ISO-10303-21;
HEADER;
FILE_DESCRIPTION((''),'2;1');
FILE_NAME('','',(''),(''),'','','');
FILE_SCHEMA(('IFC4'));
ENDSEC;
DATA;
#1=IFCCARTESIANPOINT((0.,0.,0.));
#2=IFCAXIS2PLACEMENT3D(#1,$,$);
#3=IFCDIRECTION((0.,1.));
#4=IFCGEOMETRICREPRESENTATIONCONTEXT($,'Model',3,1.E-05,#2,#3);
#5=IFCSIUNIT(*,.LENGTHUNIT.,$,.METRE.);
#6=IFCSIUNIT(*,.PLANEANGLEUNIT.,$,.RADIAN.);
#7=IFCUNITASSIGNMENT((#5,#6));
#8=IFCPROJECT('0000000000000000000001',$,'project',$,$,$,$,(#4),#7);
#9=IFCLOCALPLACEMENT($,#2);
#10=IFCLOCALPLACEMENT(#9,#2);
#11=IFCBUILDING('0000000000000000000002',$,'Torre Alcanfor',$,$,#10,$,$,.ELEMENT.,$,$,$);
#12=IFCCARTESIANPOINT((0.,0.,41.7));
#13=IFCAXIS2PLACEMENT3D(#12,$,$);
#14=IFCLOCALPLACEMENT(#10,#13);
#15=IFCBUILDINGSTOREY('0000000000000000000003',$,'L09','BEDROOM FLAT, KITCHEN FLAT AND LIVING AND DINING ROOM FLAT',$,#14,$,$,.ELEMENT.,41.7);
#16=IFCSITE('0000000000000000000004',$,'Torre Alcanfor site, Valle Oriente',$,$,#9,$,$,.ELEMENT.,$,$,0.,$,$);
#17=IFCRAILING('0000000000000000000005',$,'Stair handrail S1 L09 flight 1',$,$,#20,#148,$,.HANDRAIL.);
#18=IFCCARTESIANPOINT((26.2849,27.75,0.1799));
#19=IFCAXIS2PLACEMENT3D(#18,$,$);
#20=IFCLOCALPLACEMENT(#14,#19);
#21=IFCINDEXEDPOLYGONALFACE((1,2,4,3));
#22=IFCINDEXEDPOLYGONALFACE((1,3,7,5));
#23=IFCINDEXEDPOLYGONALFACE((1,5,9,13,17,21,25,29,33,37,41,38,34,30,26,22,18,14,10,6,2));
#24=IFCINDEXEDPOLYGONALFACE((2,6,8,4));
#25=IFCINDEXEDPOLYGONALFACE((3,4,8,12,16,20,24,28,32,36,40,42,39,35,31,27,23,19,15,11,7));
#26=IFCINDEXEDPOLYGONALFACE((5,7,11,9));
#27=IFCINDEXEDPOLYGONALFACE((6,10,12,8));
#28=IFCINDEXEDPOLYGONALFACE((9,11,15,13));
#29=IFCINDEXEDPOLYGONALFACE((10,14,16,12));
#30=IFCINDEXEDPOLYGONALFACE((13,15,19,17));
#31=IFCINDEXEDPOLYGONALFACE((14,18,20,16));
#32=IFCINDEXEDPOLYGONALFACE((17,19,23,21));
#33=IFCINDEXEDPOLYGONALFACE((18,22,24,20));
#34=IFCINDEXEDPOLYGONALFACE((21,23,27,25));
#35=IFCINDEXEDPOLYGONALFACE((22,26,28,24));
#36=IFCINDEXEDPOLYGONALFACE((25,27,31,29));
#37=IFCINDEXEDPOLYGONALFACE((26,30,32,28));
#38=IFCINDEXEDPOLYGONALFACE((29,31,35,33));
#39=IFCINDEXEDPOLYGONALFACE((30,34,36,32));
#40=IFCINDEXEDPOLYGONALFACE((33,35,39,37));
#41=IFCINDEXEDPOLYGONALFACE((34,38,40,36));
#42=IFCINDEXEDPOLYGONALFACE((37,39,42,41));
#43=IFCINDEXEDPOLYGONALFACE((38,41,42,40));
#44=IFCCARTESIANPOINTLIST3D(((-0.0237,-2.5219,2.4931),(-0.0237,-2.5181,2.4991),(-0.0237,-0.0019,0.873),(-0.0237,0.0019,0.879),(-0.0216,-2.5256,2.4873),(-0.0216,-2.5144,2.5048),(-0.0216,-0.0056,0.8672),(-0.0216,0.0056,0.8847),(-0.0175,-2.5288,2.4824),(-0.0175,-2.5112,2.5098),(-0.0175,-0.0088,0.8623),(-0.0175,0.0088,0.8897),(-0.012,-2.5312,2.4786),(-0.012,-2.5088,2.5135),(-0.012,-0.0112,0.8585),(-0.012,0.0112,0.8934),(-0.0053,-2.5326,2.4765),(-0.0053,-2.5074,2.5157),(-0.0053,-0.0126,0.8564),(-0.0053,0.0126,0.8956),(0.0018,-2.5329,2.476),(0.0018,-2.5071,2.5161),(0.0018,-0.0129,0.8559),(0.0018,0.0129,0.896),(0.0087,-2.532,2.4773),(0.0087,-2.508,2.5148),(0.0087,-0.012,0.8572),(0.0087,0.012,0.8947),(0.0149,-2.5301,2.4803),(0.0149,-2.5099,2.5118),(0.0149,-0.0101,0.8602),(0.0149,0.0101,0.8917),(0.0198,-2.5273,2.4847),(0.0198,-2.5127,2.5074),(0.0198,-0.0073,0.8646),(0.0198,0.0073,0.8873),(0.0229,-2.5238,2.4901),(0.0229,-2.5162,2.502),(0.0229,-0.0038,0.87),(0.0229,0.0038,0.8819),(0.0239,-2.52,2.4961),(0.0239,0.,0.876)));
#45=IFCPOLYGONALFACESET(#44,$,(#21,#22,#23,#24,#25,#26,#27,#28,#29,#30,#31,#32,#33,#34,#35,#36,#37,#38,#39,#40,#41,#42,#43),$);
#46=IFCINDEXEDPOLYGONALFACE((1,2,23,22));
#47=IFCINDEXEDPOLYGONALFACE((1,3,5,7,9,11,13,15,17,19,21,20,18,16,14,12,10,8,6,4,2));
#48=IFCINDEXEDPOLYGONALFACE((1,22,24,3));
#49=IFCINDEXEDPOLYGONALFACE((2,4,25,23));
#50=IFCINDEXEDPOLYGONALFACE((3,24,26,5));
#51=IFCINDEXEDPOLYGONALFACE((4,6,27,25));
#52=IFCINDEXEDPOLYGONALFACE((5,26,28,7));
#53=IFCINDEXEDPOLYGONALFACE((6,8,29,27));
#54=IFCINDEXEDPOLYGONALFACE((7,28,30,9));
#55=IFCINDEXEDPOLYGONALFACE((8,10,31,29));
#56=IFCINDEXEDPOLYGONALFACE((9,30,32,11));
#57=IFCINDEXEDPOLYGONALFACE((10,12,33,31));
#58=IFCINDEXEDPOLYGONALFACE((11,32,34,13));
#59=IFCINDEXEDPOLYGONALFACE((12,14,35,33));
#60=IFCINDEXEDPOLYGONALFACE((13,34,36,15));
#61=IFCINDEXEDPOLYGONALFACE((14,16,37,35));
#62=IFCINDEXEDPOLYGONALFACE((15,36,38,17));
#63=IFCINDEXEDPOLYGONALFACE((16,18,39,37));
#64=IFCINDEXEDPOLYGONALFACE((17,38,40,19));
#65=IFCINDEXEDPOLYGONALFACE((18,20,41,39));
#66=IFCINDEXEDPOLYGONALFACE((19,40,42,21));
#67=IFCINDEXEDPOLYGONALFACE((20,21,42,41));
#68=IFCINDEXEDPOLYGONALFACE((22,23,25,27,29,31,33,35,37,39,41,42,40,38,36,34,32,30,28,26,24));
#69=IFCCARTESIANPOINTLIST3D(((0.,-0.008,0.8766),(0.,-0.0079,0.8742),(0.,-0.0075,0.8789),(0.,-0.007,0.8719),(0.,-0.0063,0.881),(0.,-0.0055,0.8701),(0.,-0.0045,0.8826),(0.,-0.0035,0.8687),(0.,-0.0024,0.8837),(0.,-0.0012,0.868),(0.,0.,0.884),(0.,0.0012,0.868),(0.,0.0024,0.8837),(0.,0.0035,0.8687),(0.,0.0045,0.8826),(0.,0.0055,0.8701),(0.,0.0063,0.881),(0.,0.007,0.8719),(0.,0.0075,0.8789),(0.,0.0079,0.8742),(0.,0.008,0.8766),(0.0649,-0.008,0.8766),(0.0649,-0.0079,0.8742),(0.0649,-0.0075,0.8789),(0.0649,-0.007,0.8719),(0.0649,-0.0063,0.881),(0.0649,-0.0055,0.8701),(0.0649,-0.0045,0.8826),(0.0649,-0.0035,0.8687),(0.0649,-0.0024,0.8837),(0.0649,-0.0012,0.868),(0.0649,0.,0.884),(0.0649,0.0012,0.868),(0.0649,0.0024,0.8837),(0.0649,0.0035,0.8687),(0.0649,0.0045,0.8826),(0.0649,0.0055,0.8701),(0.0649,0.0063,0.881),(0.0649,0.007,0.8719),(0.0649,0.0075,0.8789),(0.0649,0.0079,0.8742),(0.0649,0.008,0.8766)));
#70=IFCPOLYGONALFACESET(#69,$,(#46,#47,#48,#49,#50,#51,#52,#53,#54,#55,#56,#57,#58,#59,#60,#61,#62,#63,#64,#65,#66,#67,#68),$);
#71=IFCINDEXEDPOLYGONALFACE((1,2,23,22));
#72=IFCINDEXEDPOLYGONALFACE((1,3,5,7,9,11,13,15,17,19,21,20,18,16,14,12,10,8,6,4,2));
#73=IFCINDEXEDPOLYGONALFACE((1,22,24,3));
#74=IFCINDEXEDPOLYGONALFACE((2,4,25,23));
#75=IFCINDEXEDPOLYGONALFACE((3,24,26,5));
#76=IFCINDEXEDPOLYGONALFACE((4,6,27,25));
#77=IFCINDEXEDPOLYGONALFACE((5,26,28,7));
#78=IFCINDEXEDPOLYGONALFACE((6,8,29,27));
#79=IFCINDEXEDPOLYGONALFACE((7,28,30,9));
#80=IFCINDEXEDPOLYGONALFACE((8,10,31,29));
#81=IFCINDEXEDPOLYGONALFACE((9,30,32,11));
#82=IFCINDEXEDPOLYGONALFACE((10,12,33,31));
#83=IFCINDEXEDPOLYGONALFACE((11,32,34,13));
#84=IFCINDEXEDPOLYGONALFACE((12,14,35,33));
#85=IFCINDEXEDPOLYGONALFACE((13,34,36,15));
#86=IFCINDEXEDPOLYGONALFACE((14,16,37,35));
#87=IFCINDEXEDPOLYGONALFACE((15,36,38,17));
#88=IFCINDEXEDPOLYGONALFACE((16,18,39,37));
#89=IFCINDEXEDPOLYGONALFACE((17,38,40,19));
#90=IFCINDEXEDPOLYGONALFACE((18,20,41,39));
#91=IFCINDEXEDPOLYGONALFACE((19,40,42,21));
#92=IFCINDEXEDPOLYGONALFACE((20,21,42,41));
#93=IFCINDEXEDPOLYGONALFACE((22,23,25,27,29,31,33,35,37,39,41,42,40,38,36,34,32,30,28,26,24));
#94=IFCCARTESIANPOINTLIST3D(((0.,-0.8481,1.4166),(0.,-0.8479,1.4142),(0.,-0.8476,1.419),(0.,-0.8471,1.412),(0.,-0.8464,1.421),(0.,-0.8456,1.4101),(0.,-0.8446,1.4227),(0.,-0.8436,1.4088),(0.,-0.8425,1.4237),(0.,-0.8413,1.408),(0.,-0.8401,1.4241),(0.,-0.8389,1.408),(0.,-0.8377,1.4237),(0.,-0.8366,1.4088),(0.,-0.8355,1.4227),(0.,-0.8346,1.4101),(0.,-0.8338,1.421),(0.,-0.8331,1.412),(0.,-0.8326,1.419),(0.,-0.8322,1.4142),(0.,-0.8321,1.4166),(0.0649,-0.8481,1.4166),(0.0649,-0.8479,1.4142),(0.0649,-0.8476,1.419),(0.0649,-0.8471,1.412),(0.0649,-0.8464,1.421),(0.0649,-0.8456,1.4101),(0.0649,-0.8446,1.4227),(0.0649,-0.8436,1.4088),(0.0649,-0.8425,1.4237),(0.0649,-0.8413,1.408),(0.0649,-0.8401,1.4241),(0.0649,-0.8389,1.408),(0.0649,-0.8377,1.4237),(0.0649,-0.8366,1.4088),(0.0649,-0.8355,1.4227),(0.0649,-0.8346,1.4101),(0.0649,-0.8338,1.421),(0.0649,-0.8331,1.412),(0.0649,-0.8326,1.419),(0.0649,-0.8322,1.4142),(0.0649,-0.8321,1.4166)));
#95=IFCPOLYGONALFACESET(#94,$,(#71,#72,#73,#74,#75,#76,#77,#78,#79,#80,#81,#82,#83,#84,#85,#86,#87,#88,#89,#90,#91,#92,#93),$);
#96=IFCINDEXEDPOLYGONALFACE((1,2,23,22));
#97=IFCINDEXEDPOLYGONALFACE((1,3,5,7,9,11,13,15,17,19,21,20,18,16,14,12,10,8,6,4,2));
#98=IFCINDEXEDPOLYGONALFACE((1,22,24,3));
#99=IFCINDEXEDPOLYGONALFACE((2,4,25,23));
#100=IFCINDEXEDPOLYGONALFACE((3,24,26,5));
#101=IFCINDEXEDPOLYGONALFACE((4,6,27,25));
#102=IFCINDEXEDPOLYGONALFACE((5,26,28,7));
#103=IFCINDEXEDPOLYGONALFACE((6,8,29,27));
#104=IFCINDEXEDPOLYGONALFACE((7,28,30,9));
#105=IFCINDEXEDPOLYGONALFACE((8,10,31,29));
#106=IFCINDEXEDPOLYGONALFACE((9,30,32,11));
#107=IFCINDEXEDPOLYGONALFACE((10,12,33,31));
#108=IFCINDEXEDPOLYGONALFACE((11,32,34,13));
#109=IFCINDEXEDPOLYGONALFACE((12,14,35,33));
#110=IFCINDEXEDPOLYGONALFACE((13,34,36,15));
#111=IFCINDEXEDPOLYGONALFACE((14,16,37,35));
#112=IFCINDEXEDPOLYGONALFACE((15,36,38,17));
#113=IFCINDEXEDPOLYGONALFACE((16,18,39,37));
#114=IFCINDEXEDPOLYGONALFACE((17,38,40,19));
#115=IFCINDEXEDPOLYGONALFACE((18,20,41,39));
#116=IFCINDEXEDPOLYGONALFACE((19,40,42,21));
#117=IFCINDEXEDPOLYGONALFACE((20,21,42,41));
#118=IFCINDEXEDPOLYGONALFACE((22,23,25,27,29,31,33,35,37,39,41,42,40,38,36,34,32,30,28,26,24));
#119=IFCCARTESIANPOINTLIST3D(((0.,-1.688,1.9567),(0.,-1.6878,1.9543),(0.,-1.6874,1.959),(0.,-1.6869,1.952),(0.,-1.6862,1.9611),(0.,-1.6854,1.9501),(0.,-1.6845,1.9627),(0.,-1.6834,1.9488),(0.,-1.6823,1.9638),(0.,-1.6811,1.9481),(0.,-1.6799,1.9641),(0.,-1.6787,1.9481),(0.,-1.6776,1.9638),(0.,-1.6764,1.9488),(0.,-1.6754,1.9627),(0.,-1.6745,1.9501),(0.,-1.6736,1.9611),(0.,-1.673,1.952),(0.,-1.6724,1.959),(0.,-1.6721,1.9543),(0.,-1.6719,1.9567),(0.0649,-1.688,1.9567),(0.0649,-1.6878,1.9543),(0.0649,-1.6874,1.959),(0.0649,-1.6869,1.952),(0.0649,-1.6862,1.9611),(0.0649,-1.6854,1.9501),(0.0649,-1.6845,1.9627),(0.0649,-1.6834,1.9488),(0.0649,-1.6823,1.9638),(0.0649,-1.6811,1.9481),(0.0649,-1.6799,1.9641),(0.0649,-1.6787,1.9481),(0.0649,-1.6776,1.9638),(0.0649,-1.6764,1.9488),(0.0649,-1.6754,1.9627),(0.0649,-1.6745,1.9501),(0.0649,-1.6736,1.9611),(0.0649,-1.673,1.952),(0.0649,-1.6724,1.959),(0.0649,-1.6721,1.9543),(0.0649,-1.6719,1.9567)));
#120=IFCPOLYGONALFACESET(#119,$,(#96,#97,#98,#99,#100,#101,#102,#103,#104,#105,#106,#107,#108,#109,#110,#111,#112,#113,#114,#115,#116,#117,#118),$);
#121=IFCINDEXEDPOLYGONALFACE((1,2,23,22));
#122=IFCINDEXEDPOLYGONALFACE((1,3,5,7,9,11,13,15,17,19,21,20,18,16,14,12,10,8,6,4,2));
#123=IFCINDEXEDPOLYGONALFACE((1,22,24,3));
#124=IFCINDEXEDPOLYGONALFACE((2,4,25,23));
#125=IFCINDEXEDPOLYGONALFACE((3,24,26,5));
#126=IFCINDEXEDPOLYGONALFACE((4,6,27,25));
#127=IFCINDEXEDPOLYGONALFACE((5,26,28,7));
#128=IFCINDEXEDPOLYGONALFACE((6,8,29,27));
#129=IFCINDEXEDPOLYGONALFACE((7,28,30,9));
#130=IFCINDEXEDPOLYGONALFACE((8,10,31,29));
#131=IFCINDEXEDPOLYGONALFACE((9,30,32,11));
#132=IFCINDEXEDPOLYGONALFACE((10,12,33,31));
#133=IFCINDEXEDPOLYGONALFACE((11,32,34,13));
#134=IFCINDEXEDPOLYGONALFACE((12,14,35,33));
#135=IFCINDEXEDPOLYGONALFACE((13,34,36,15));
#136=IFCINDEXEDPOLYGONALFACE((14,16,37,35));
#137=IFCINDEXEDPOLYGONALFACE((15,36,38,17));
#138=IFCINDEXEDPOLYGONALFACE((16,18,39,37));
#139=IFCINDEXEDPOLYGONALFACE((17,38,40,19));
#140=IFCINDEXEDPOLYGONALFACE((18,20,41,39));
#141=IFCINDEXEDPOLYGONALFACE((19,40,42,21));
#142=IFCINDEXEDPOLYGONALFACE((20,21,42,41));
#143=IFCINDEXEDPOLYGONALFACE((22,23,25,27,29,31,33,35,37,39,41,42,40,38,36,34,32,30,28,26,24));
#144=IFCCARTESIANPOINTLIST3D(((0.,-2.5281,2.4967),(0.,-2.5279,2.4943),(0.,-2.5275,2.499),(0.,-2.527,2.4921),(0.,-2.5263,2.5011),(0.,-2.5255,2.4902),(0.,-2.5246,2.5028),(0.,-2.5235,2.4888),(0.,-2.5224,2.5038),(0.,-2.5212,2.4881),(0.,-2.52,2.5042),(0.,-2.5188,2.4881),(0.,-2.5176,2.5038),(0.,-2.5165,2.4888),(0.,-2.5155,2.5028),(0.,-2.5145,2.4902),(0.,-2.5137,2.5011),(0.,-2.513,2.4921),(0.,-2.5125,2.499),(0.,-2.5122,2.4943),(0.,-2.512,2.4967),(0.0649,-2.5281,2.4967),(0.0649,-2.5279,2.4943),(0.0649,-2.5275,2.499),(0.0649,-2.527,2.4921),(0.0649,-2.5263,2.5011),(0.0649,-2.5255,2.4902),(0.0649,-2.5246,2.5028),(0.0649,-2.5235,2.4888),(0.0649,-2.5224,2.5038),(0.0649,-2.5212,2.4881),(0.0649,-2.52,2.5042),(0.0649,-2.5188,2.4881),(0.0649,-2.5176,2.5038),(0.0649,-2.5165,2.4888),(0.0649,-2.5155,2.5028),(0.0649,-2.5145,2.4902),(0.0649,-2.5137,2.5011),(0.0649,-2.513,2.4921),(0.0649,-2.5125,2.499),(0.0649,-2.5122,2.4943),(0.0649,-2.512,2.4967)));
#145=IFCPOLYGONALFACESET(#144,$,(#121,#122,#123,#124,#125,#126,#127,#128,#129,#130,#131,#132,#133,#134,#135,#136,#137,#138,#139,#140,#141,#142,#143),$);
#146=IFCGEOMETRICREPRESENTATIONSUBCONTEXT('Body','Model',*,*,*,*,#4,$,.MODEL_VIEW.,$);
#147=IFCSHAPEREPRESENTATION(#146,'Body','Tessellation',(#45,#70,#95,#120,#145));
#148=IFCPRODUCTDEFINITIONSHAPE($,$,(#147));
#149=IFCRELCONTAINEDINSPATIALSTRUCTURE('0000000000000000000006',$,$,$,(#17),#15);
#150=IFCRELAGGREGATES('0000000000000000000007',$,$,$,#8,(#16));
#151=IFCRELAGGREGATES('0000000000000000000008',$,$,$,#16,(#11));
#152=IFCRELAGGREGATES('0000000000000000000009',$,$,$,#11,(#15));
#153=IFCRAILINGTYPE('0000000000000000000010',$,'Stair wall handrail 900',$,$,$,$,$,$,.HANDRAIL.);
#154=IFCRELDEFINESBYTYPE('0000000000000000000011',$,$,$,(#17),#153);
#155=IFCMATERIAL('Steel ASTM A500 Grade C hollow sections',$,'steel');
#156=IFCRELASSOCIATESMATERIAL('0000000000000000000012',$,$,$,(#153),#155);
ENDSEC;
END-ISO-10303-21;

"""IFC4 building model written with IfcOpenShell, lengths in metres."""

from ifc_helpers import new_model, si_unit, direction, frame, origin, origin_2d, place, context, subcontext, project, spatial, circle, extrude, material, type_object, element, save


model = new_model("IFC4")

# Units and contexts
model_context = context("Model", 3, precision=1e-05, world=origin(), true_north=direction((0.0, 1.0)))
body_context = subcontext(model_context, "Body", "Model", "MODEL_VIEW")
ifc_project = project(units=[si_unit("LENGTHUNIT", "METRE"), si_unit("PLANEANGLEUNIT", "RADIAN")], contexts=[model_context])

# Site, building, storey
site_placement = place(None, origin())
site = spatial("IfcSite", under=ifc_project, at=site_placement, Name="Torre Alcanfor site, Valle Oriente", CompositionType="ELEMENT", RefElevation=0.0)
building_placement = place(site_placement, origin())
building = spatial("IfcBuilding", under=site, at=building_placement, Name="Torre Alcanfor", CompositionType="ELEMENT")
storey_placement = place(building_placement, frame((0.0, 0.0, 41.7)))
storey = spatial("IfcBuildingStorey", under=building, at=storey_placement, Name="L09", Description="BEDROOM FLAT, KITCHEN FLAT AND LIVING AND DINING ROOM FLAT", CompositionType="ELEMENT", Elevation=41.7)

# Railing
ifc_material_1 = material(Name="Steel ASTM A500 Grade C hollow sections", Category="steel")
railing_type_1 = type_object("IfcRailingType", Name="Stair wall handrail 900", PredefinedType="HANDRAIL", material=ifc_material_1)
railing_1_placement = place(storey_placement, frame((26.2849, 27.75, 0.1799)))
element("IfcRailing", 1, at=railing_1_placement, inside=storey, type_object=railing_type_1, Name="Stair handrail S1 L09 flight 1", PredefinedType="HANDRAIL", context=body_context, shape_type="SweptSolid", body=[
    extrude(circle(Radius=0.0239, at=origin_2d()), frame((0.0, 0.0, 0.876), z_axis=(0.0, -0.841163, 0.540782), x_axis=(1.0, 0.0, 0.0)), (0.0, 0.0, 1.0), 2.9958),
    extrude(circle(Radius=0.0081, at=origin_2d()), frame((0.0, 0.0, 0.876), z_axis=(1.0, 0.0, 0.0), x_axis=(0.0, 0.0, 1.0)), (0.0, 0.0, 1.0), 0.0649),
    extrude(circle(Radius=0.0081, at=origin_2d()), frame((0.0, -0.8401, 1.416), z_axis=(1.0, 0.0, 0.0), x_axis=(0.0, 0.0, 1.0)), (0.0, 0.0, 1.0), 0.0649),
    extrude(circle(Radius=0.0081, at=origin_2d()), frame((0.0, -1.6799, 1.9561), z_axis=(1.0, 0.0, 0.0), x_axis=(0.0, 0.0, 1.0)), (0.0, 0.0, 1.0), 0.0649),
    extrude(circle(Radius=0.0081, at=origin_2d()), frame((0.0, -2.52, 2.4961), z_axis=(1.0, 0.0, 0.0), x_axis=(0.0, 0.0, 1.0)), (0.0, 0.0, 1.0), 0.0649),
])

save(model, "model.ifc")
